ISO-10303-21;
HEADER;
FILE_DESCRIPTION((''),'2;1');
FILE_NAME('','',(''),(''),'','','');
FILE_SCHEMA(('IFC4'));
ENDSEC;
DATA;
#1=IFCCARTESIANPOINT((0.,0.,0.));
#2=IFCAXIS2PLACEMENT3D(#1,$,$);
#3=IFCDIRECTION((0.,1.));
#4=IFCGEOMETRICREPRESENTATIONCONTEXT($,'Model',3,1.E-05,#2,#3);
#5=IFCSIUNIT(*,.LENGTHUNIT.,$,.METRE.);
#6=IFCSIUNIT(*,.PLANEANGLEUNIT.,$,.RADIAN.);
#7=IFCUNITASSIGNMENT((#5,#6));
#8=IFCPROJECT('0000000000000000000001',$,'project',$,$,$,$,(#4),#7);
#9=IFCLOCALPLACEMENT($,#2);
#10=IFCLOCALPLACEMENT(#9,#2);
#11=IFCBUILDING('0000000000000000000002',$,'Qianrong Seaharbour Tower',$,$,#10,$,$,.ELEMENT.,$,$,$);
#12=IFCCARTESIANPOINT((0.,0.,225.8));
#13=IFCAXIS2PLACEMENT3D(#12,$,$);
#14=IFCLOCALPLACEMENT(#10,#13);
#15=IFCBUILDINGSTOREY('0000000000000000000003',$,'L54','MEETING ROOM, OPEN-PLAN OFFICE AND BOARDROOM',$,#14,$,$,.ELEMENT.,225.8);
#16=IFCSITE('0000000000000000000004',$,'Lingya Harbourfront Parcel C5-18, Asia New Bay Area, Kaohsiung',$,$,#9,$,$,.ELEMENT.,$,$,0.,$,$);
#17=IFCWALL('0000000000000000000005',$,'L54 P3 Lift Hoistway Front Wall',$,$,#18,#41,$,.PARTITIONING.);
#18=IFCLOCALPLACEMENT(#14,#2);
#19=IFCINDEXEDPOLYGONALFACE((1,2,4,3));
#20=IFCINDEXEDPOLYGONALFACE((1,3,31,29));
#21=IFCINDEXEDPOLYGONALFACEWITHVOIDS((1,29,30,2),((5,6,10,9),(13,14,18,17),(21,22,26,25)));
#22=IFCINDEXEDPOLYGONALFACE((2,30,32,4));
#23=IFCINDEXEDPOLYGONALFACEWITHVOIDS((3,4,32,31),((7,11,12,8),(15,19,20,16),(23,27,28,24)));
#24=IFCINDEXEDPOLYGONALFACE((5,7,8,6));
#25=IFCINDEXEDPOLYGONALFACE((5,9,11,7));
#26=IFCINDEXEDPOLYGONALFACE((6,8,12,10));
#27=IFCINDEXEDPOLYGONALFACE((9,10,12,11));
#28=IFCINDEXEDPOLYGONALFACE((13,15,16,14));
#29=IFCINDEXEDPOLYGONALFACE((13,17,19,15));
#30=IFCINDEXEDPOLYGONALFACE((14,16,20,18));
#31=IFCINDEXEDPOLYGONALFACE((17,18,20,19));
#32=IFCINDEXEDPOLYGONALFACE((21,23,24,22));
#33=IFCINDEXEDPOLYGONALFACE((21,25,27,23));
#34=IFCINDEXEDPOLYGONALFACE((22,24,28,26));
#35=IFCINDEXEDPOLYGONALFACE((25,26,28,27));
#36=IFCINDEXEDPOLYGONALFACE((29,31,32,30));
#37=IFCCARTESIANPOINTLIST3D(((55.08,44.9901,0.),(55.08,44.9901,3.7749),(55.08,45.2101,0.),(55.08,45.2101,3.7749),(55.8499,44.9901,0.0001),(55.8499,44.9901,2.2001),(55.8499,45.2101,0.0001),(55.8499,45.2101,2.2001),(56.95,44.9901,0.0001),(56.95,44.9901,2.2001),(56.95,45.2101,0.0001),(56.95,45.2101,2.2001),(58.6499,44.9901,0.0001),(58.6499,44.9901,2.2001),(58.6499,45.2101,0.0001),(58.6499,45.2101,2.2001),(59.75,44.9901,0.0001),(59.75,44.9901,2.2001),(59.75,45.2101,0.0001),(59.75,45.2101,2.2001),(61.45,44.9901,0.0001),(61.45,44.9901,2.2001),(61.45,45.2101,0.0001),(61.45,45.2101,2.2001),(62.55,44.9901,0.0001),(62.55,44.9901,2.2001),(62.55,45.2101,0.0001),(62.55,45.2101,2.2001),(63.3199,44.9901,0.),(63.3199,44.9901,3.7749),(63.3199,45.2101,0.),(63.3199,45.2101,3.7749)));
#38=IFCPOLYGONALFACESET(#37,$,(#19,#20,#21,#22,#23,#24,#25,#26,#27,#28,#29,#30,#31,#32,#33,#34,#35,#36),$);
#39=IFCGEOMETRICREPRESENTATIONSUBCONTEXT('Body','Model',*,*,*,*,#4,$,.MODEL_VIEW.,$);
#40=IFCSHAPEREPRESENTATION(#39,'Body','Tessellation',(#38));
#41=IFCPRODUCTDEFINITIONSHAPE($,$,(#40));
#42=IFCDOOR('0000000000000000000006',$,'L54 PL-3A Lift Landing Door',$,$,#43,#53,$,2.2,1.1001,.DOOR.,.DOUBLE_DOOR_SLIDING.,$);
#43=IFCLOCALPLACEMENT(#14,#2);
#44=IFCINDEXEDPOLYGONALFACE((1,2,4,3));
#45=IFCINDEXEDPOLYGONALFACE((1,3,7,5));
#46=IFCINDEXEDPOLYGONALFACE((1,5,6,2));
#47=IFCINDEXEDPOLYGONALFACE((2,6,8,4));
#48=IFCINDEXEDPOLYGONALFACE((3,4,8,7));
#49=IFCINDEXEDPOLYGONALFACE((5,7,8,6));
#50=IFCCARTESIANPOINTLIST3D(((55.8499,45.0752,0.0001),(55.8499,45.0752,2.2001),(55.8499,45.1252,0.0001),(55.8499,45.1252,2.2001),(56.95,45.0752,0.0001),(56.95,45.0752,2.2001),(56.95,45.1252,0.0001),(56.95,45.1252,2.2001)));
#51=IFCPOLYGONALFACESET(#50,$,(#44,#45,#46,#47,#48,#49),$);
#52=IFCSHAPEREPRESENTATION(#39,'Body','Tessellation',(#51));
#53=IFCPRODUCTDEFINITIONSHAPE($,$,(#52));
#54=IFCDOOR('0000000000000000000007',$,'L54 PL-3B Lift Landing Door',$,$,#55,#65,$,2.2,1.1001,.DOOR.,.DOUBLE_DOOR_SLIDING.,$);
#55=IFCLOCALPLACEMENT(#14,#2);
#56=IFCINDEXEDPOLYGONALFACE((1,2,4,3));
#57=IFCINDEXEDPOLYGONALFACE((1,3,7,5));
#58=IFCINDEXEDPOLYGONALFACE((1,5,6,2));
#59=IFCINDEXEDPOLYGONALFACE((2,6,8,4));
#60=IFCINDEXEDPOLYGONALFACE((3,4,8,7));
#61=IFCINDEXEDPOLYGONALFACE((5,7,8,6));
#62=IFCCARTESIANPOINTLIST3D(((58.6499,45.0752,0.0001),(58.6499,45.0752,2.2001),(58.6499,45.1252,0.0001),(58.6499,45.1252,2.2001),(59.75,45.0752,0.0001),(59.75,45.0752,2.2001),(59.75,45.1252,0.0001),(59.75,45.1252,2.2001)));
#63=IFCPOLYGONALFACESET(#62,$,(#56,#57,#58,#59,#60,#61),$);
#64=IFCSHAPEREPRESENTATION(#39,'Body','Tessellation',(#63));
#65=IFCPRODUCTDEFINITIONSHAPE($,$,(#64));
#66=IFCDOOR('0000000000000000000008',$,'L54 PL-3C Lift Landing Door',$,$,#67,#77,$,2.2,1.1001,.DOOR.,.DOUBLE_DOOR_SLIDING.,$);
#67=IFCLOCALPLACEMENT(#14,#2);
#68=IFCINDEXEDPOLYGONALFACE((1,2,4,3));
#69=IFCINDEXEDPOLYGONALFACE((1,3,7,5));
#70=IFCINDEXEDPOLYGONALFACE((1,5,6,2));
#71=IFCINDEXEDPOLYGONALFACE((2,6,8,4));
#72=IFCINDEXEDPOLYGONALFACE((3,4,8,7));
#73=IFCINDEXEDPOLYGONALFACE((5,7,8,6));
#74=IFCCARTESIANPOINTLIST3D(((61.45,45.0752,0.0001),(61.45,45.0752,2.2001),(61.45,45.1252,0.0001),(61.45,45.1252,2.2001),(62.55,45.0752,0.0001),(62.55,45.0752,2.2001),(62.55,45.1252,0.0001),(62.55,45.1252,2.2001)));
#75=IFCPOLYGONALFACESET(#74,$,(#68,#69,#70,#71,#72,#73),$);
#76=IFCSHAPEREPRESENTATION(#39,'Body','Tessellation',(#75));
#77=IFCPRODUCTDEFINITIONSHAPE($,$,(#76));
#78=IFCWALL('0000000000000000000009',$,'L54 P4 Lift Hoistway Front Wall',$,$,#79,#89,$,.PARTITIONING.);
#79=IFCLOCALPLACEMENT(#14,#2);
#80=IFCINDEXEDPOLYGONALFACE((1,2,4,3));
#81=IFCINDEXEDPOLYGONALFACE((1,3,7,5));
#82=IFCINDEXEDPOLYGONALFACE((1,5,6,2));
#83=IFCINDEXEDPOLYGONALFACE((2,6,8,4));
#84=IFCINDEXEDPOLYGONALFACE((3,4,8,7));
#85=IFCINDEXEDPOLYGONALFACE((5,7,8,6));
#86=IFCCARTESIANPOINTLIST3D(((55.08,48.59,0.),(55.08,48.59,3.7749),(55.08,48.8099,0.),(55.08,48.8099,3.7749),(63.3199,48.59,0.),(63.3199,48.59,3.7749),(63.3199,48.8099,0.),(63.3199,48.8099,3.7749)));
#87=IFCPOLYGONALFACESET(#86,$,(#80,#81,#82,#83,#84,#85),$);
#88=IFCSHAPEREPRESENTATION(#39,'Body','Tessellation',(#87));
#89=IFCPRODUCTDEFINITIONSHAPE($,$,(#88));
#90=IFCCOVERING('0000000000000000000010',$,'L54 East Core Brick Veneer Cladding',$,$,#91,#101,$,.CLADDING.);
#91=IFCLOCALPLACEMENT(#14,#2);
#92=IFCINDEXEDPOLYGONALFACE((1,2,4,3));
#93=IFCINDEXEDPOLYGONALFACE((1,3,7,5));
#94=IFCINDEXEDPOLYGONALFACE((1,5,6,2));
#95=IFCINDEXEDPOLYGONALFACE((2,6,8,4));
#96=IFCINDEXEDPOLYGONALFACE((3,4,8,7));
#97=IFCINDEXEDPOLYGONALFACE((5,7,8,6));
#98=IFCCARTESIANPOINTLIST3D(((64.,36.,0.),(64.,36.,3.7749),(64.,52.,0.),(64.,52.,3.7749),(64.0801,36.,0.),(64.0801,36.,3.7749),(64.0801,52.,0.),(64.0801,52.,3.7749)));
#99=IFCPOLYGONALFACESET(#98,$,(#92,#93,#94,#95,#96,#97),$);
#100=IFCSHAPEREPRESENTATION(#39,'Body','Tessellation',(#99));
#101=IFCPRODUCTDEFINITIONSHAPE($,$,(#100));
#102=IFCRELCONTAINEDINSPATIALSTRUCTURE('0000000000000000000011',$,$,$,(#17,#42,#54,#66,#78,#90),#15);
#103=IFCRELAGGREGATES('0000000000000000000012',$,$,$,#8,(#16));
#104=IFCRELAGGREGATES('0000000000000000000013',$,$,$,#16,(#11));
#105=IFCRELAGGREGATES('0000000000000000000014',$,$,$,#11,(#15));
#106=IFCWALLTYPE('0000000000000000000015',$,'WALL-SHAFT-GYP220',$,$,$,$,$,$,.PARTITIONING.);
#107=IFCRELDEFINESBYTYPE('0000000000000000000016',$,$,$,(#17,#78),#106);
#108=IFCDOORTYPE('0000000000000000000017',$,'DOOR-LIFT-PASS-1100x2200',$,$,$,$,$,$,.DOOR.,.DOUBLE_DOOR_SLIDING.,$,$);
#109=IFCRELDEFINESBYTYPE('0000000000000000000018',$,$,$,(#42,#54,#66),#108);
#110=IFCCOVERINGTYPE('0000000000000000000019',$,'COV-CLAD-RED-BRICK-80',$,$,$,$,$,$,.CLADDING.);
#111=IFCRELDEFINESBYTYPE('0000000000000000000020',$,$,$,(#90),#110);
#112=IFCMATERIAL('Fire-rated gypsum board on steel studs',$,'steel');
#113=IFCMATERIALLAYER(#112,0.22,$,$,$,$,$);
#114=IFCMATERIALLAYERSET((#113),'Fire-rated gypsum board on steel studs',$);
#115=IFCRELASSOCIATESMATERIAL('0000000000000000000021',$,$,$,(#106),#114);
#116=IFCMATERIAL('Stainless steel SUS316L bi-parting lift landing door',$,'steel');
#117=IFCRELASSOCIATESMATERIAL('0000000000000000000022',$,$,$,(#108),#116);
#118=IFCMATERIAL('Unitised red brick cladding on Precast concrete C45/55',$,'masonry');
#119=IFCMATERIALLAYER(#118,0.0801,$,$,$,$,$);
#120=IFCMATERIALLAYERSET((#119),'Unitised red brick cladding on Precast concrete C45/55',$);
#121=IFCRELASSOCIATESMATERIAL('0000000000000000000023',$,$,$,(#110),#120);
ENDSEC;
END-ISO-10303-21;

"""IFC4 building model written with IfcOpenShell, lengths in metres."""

from ifc_helpers import new_model, si_unit, direction, frame, frame_2d, origin, origin_2d, place, context, subcontext, project, spatial, rectangle, extrude, material, layer, layer_set, type_object, element, fill, save


model = new_model("IFC4")

# Units and contexts
model_context = context("Model", 3, precision=1e-05, world=origin(), true_north=direction((0.0, 1.0)))
body_context = subcontext(model_context, "Body", "Model", "MODEL_VIEW")
ifc_project = project(units=[si_unit("LENGTHUNIT", "METRE"), si_unit("PLANEANGLEUNIT", "RADIAN")], contexts=[model_context])

# Site, building, storey
site_placement = place(None, origin())
site = spatial("IfcSite", under=ifc_project, at=site_placement, Name="Lingya Harbourfront Parcel C5-18, Asia New Bay Area, Kaohsiung", CompositionType="ELEMENT", RefElevation=0.0)
building_placement = place(site_placement, origin())
building = spatial("IfcBuilding", under=site, at=building_placement, Name="Qianrong Seaharbour Tower", CompositionType="ELEMENT")
storey_placement = place(building_placement, frame((0.0, 0.0, 225.8)))
storey = spatial("IfcBuildingStorey", under=building, at=storey_placement, Name="L54", Description="MEETING ROOM, OPEN-PLAN OFFICE AND BOARDROOM", CompositionType="ELEMENT", Elevation=225.8)

# Shared definitions
ifc_material_1 = material(Name="Fire-rated gypsum board on steel studs", Category="steel")

# Wall, openings, doors
ifc_layer_1 = layer(ifc_material_1, 0.22)
ifc_layer_set_1 = layer_set([ifc_layer_1], Name="Fire-rated gypsum board on steel studs")
wall_type_1 = type_object("IfcWallType", Name="WALL-SHAFT-GYP220", PredefinedType="PARTITIONING", material=ifc_layer_set_1)
wall_1_placement = place(storey_placement, frame((63.3201, 45.1001, 0.0), z_axis=(0.0, 0.0, 1.0), x_axis=(-1.0, 0.0, 0.0)))
wall_1 = element("IfcWall", 1, at=wall_1_placement, inside=storey, type_object=wall_type_1, Name="L54 P3 Lift Hoistway Front Wall", PredefinedType="PARTITIONING", context=body_context, shape_type="SweptSolid", body=[
    extrude(rectangle(XDim=8.24, YDim=0.22, at=frame_2d((4.1201, 0.0))), origin(), (0.0, 0.0, 1.0), 3.7749),
])
opening_1_placement = place(wall_1_placement, frame((6.3701, 0.0, 0.0)))
opening_1 = element("IfcOpeningElement", 2, at=opening_1_placement, cuts=wall_1, PredefinedType="OPENING", context=body_context, shape_type="SweptSolid", body=[
    extrude(rectangle(XDim=1.1001, YDim=2.2, at=frame_2d((0.55, 1.1001))), frame((0.0, 0.1201, 0.0), z_axis=(0.0, -1.0, 0.0), x_axis=(1.0, 0.0, 0.0)), (0.0, 0.0, 1.0), 0.24),
])
opening_2_placement = place(wall_1_placement, frame((3.5701, 0.0, 0.0)))
opening_2 = element("IfcOpeningElement", 3, at=opening_2_placement, cuts=wall_1, PredefinedType="OPENING", context=body_context, shape_type="SweptSolid", body=[
    extrude(rectangle(XDim=1.1001, YDim=2.2, at=frame_2d((0.55, 1.1001))), frame((0.0, 0.1201, 0.0), z_axis=(0.0, -1.0, 0.0), x_axis=(1.0, 0.0, 0.0)), (0.0, 0.0, 1.0), 0.24),
])
opening_3_placement = place(wall_1_placement, frame((0.77, 0.0, 0.0)))
opening_3 = element("IfcOpeningElement", 4, at=opening_3_placement, cuts=wall_1, PredefinedType="OPENING", context=body_context, shape_type="SweptSolid", body=[
    extrude(rectangle(XDim=1.1001, YDim=2.2, at=frame_2d((0.55, 1.1001))), frame((0.0, 0.1201, 0.0), z_axis=(0.0, -1.0, 0.0), x_axis=(1.0, 0.0, 0.0)), (0.0, 0.0, 1.0), 0.24),
])
ifc_material_2 = material(Name="Stainless steel SUS316L bi-parting lift landing door", Category="steel")
door_type_1 = type_object("IfcDoorType", Name="DOOR-LIFT-PASS-1100x2200", OperationType="DOUBLE_DOOR_SLIDING", PredefinedType="DOOR", material=ifc_material_2)
door_1_placement = place(opening_1_placement, origin())
door_1 = element("IfcDoor", 5, at=door_1_placement, inside=storey, type_object=door_type_1, Name="L54 PL-3A Lift Landing Door", OperationType="DOUBLE_DOOR_SLIDING", OverallHeight=2.2, OverallWidth=1.1001, PredefinedType="DOOR", context=body_context, shape_type="SweptSolid", body=[
    extrude(rectangle(XDim=1.1001, YDim=2.2, at=frame_2d((0.55, 1.1001))), frame((0.0, 0.0249, 0.0), z_axis=(0.0, -1.0, 0.0), x_axis=(1.0, 0.0, 0.0)), (0.0, 0.0, 1.0), 0.05),
])
fill(opening_1, door_1)
door_2_placement = place(opening_2_placement, origin())
door_2 = element("IfcDoor", 6, at=door_2_placement, inside=storey, type_object=door_type_1, Name="L54 PL-3B Lift Landing Door", OperationType="DOUBLE_DOOR_SLIDING", OverallHeight=2.2, OverallWidth=1.1001, PredefinedType="DOOR", context=body_context, shape_type="SweptSolid", body=[
    extrude(rectangle(XDim=1.1001, YDim=2.2, at=frame_2d((0.55, 1.1001))), frame((0.0, 0.0249, 0.0), z_axis=(0.0, -1.0, 0.0), x_axis=(1.0, 0.0, 0.0)), (0.0, 0.0, 1.0), 0.05),
])
fill(opening_2, door_2)
door_3_placement = place(opening_3_placement, origin())
door_3 = element("IfcDoor", 7, at=door_3_placement, inside=storey, type_object=door_type_1, Name="L54 PL-3C Lift Landing Door", OperationType="DOUBLE_DOOR_SLIDING", OverallHeight=2.2, OverallWidth=1.1001, PredefinedType="DOOR", context=body_context, shape_type="SweptSolid", body=[
    extrude(rectangle(XDim=1.1001, YDim=2.2, at=frame_2d((0.55, 1.1001))), frame((0.0, 0.0249, 0.0), z_axis=(0.0, -1.0, 0.0), x_axis=(1.0, 0.0, 0.0)), (0.0, 0.0, 1.0), 0.05),
])
fill(opening_3, door_3)

# Wall
wall_2_placement = place(storey_placement, frame((63.3201, 48.7, 0.0), z_axis=(0.0, 0.0, 1.0), x_axis=(-1.0, 0.0, 0.0)))
element("IfcWall", 8, at=wall_2_placement, inside=storey, type_object=wall_type_1, Name="L54 P4 Lift Hoistway Front Wall", PredefinedType="PARTITIONING", context=body_context, shape_type="SweptSolid", body=[
    extrude(rectangle(XDim=8.24, YDim=0.22, at=frame_2d((4.1201, 0.0))), origin(), (0.0, 0.0, 1.0), 3.7749),
])

# Covering
ifc_material_3 = material(Name="Unitised red brick cladding on Precast concrete C45/55", Category="masonry")
ifc_layer_2 = layer(ifc_material_3, 0.0801)
ifc_layer_set_2 = layer_set([ifc_layer_2], Name="Unitised red brick cladding on Precast concrete C45/55")
covering_type = type_object("IfcCoveringType", Name="COV-CLAD-RED-BRICK-80", PredefinedType="CLADDING", material=ifc_layer_set_2)
covering_placement = place(storey_placement, frame((64.04, 44.0, 0.0), z_axis=(0.0, 0.0, 1.0), x_axis=(1.0, 0.0, 0.0)))
element("IfcCovering", 9, at=covering_placement, inside=storey, type_object=covering_type, Name="L54 East Core Brick Veneer Cladding", PredefinedType="CLADDING", context=body_context, shape_type="SweptSolid", body=[
    extrude(rectangle(XDim=0.0801, YDim=16.0, at=origin_2d()), origin(), (0.0, 0.0, 1.0), 3.7749),
])

save(model, "model.ifc")
